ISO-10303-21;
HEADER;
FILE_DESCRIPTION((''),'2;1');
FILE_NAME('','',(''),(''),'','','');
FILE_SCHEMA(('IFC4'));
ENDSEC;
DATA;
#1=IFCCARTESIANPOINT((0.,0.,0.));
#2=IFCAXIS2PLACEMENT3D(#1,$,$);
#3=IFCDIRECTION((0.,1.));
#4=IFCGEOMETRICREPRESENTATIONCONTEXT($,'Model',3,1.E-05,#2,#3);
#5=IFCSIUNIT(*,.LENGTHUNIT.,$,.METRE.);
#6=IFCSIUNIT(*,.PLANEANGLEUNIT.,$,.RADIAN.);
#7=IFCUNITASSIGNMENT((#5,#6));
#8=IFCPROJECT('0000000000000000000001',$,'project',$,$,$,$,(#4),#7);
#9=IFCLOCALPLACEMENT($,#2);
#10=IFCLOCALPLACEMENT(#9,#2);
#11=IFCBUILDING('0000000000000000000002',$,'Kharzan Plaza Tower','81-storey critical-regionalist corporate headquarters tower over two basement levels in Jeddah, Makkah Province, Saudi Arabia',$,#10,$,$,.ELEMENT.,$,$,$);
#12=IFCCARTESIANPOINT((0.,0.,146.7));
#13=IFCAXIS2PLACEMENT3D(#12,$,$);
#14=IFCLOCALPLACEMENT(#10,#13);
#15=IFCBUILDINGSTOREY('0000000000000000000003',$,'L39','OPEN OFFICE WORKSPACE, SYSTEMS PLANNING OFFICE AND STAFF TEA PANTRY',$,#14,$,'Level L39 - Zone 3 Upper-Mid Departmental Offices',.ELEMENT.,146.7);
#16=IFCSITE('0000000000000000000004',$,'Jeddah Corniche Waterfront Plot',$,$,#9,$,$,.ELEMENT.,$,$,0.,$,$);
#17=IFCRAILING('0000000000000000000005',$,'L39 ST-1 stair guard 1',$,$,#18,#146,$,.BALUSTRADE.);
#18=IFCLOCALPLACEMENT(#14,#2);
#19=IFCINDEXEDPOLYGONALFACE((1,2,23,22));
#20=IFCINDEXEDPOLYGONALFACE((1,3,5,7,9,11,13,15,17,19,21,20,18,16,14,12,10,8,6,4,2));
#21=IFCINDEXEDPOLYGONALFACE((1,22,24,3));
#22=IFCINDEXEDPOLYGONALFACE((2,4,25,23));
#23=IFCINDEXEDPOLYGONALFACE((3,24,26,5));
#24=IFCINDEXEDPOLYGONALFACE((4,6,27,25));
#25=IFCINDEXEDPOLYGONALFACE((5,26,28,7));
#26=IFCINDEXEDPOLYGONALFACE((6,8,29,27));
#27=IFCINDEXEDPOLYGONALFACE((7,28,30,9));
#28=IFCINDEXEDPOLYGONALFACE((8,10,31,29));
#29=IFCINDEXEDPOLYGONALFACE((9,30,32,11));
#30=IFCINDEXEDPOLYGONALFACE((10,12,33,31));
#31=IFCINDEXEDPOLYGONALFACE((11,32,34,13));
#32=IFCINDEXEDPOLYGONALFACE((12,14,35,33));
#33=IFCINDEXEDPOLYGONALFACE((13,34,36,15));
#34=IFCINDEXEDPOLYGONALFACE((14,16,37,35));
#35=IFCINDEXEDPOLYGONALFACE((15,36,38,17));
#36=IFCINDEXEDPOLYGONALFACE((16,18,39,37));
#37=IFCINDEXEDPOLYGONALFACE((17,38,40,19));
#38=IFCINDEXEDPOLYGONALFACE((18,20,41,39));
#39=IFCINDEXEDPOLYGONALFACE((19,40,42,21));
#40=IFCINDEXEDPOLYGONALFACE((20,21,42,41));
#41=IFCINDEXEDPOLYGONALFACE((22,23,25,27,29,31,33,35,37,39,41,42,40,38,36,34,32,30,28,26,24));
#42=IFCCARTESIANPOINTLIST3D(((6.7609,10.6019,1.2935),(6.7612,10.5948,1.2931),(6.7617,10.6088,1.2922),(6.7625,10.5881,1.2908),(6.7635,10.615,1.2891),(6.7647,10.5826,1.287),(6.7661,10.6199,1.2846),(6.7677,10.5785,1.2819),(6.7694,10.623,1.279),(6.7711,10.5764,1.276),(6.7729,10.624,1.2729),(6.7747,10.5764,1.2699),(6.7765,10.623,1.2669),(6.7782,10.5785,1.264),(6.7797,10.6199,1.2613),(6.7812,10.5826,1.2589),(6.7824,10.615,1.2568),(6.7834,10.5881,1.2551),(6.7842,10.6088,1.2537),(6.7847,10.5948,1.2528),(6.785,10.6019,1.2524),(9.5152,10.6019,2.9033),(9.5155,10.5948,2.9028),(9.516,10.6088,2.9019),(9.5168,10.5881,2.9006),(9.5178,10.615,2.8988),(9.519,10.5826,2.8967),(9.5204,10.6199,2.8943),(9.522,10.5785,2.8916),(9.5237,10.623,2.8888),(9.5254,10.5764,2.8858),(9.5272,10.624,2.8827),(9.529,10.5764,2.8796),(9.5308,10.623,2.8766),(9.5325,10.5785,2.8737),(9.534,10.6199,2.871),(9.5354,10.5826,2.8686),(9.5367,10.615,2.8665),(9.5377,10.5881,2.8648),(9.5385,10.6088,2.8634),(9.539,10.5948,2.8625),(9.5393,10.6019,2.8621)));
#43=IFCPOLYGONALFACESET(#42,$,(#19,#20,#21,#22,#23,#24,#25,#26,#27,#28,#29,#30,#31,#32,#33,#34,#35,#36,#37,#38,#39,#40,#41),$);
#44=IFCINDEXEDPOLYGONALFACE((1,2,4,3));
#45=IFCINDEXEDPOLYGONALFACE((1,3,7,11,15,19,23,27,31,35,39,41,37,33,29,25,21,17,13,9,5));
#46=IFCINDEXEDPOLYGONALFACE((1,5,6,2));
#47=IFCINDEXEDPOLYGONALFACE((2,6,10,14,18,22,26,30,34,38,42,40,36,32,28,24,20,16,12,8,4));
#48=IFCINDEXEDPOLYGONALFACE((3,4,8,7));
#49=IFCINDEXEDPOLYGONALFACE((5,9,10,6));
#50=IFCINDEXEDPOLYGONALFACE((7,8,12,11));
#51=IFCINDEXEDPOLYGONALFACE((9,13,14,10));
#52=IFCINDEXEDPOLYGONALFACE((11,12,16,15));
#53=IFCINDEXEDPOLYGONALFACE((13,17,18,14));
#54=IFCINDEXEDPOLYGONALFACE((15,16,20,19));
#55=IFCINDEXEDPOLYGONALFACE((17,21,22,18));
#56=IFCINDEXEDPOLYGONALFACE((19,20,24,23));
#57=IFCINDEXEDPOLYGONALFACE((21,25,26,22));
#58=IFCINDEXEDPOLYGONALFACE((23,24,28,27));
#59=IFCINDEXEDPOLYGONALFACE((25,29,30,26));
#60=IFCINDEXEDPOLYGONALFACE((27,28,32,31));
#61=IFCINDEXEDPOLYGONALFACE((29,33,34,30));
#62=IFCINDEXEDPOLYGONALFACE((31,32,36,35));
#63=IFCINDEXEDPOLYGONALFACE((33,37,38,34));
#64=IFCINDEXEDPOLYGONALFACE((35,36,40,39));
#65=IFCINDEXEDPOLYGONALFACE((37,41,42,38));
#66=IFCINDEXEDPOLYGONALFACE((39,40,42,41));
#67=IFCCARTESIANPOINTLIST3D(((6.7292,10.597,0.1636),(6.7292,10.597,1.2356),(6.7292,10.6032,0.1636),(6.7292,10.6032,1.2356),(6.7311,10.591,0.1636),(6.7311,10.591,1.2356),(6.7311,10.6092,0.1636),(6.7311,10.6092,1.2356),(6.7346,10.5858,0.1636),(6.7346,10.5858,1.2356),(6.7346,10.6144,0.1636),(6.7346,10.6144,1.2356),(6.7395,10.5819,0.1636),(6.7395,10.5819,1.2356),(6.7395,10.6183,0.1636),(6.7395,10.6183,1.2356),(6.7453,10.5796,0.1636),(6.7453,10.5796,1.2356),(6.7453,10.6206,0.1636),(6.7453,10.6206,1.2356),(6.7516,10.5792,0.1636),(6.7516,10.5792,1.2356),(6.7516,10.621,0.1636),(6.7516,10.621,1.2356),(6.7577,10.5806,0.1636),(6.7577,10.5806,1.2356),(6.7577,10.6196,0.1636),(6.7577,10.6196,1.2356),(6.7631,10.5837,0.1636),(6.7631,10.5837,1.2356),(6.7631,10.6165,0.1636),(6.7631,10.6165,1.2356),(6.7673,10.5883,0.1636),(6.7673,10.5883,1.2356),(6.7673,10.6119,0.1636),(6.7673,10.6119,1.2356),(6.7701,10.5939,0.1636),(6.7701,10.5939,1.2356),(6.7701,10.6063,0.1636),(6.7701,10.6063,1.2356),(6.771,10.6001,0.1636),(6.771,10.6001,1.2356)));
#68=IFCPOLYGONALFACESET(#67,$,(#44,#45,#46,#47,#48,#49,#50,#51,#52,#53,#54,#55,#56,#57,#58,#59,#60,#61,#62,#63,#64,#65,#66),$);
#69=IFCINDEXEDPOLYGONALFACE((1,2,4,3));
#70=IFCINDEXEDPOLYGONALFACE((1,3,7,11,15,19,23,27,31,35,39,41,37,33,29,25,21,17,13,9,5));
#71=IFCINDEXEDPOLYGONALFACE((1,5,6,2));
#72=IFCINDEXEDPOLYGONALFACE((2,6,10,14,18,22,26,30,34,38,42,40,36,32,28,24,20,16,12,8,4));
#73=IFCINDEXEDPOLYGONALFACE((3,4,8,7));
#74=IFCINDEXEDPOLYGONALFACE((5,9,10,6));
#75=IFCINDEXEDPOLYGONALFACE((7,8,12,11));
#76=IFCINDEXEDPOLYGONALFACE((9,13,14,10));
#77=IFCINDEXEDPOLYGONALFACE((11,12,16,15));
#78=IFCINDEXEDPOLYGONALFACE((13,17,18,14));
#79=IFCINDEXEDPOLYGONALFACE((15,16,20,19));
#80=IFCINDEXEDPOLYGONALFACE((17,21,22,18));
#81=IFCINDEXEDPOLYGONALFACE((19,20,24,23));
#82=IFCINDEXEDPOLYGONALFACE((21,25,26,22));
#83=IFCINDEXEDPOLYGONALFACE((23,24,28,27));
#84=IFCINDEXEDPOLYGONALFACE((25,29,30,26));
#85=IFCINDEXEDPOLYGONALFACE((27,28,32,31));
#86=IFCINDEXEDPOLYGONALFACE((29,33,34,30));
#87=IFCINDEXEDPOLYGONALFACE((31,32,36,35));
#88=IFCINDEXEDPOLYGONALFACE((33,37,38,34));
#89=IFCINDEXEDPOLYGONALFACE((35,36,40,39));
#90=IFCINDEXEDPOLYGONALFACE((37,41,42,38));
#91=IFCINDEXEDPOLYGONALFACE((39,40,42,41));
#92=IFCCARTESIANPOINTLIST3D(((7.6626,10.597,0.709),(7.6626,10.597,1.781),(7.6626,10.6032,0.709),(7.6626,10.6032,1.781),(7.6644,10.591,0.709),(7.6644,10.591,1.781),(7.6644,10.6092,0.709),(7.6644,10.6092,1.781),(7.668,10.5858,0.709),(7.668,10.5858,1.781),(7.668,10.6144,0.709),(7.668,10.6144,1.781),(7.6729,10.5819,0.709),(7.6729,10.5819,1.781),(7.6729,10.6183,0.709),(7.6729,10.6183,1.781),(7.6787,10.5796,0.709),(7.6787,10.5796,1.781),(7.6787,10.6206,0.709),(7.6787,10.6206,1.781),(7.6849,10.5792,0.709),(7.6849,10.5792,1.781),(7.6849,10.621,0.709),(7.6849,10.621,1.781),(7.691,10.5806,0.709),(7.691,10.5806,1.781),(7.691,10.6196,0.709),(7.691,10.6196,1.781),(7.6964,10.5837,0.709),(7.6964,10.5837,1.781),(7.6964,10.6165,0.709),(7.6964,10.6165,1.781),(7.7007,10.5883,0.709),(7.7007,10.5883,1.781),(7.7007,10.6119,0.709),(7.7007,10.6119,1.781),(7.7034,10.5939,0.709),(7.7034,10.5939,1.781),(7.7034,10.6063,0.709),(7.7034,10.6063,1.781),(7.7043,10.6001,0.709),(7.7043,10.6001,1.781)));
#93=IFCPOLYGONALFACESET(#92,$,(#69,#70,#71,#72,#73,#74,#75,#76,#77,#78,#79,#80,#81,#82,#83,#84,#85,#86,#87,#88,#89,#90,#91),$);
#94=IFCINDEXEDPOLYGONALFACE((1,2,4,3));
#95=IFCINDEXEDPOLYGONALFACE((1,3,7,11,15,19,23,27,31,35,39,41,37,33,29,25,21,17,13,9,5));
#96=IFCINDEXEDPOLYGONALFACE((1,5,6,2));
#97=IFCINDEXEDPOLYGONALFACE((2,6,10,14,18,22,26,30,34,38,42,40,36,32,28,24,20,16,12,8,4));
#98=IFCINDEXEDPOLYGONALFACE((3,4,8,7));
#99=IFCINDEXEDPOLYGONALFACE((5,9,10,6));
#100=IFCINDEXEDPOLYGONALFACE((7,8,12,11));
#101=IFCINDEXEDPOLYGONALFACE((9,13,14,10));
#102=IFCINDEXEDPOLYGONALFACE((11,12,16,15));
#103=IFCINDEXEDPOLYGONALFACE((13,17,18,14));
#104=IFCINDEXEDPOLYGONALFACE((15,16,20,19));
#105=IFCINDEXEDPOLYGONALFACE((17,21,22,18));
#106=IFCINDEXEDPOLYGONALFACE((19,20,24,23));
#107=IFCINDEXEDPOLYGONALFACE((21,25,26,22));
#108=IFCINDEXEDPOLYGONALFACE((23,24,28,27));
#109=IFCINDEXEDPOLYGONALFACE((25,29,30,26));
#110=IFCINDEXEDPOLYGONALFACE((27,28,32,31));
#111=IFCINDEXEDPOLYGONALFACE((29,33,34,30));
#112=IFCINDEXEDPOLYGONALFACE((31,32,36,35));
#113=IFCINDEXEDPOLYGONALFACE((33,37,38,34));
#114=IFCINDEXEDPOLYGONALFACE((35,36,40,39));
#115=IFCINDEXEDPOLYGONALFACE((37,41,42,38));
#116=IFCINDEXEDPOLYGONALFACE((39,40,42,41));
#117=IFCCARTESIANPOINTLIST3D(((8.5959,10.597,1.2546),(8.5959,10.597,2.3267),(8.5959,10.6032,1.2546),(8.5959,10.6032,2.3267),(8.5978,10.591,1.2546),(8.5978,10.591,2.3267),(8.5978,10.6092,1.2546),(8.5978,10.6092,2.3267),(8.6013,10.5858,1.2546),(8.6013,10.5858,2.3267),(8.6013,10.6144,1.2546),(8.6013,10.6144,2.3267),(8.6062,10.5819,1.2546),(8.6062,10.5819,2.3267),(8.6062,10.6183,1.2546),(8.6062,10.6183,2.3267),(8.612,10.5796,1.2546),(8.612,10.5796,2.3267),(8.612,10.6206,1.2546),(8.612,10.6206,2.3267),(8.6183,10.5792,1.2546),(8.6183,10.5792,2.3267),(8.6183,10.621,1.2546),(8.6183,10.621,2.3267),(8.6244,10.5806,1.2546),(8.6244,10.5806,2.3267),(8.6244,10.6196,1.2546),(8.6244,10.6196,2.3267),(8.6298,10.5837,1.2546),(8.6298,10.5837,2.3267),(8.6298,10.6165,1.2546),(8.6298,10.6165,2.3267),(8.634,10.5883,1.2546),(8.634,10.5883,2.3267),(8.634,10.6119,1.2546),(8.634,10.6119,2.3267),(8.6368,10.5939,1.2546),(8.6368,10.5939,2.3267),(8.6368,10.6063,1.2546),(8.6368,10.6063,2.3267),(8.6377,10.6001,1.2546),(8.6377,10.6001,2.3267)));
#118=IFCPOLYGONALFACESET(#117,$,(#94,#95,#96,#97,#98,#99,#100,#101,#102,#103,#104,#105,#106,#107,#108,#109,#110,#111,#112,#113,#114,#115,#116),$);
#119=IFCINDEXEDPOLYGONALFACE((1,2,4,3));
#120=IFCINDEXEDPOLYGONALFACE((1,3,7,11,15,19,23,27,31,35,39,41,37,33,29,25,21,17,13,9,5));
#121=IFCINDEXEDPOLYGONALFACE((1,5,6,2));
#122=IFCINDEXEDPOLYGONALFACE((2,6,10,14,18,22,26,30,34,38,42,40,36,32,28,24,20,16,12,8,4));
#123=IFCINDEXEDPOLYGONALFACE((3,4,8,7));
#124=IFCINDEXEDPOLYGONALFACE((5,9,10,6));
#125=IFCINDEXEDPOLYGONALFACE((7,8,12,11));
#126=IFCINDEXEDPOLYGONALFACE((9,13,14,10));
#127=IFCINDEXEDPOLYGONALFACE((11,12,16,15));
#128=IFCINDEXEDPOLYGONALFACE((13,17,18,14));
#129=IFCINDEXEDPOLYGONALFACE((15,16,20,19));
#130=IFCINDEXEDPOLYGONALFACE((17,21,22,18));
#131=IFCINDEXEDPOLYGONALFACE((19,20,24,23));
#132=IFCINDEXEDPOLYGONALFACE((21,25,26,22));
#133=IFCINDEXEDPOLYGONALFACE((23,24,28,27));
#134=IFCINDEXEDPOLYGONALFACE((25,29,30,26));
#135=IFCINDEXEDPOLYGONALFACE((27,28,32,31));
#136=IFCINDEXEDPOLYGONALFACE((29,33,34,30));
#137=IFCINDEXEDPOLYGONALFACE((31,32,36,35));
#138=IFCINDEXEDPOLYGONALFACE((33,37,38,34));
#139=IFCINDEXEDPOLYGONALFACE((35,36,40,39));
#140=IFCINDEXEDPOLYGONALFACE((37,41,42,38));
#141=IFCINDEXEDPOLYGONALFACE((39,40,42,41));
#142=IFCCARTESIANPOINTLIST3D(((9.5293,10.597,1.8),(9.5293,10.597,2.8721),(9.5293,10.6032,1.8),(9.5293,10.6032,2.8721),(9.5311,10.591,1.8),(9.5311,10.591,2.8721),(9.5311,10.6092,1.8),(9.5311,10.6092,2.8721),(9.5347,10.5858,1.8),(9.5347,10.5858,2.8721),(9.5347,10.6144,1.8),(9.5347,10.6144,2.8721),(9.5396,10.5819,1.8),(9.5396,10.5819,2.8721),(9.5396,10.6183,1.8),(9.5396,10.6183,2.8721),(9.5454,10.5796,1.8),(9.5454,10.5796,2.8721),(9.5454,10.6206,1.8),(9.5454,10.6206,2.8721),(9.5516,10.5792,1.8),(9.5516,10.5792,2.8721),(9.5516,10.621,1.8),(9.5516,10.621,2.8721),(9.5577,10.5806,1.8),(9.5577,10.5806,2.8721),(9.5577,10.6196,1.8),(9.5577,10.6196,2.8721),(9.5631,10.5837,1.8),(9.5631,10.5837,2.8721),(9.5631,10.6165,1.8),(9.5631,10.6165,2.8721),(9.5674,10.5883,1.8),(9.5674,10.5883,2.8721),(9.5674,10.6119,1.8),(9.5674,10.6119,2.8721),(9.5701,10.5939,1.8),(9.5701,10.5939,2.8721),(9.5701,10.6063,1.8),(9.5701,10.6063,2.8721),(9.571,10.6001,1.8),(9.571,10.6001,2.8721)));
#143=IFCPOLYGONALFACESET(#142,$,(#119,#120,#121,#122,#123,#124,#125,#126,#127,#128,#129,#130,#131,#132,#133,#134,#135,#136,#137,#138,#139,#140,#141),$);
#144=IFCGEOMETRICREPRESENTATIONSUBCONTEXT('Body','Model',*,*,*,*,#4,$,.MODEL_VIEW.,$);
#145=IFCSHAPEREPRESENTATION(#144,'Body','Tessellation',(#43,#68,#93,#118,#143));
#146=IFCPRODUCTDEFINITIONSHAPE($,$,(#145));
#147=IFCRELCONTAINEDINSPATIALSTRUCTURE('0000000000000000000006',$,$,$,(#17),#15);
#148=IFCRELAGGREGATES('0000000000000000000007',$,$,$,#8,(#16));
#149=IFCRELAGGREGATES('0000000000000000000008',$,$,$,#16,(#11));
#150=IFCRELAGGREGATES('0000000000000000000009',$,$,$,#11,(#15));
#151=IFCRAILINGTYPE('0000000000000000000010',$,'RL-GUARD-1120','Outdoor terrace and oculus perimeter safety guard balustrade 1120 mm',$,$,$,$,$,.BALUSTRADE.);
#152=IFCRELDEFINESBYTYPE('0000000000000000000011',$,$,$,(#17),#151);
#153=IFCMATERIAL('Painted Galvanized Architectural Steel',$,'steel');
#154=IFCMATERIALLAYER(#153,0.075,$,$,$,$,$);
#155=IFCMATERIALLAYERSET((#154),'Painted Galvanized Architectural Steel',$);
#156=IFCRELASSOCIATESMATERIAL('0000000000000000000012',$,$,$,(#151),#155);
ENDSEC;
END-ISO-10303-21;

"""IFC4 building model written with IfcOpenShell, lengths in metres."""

from ifc_helpers import new_model, si_unit, direction, frame, origin, origin_2d, place, context, subcontext, project, spatial, circle, extrude, source, transform, mapped, material, layer, layer_set, type_object, element, save


model = new_model("IFC4")

# Units and contexts
model_context = context("Model", 3, precision=1e-05, world=origin(), true_north=direction((0.0, 1.0)))
body_context = subcontext(model_context, "Body", "Model", "MODEL_VIEW")
ifc_project = project(units=[si_unit("LENGTHUNIT", "METRE"), si_unit("PLANEANGLEUNIT", "RADIAN")], contexts=[model_context])

# Site, building, storey
site_placement = place(None, origin())
site = spatial("IfcSite", under=ifc_project, at=site_placement, Name="Jeddah Corniche Waterfront Plot", CompositionType="ELEMENT", RefElevation=0.0)
building_placement = place(site_placement, origin())
building = spatial("IfcBuilding", under=site, at=building_placement, Name="Kharzan Plaza Tower", Description="81-storey critical-regionalist corporate headquarters tower over two basement levels in Jeddah, Makkah Province, Saudi Arabia", CompositionType="ELEMENT")
storey_placement = place(building_placement, frame((0.0, 0.0, 146.7)))
storey = spatial("IfcBuildingStorey", under=building, at=storey_placement, Name="L39", Description="OPEN OFFICE WORKSPACE, SYSTEMS PLANNING OFFICE AND STAFF TEA PANTRY", LongName="Level L39 - Zone 3 Upper-Mid Departmental Offices", CompositionType="ELEMENT", Elevation=146.7)

# Railing
ifc_material_1 = material(Name="Painted Galvanized Architectural Steel", Category="steel")
ifc_layer_1 = layer(ifc_material_1, 0.075)
ifc_layer_set_1 = layer_set([ifc_layer_1], Name="Painted Galvanized Architectural Steel")
railing_type_1 = type_object("IfcRailingType", Name="RL-GUARD-1120", Description="Outdoor terrace and oculus perimeter safety guard balustrade 1120 mm", PredefinedType="BALUSTRADE", material=ifc_layer_set_1)
shared_shape_1 = source(origin(), body_context, "Body", "SweptSolid", [
    extrude(circle(Radius=0.0239, at=origin_2d()), frame((0.0229, 0.0, 1.1094), z_axis=(0.863361, 0.0, 0.504587), x_axis=(0.0, 1.0, 0.0)), (0.0, 0.0, 1.0), 3.1902),
    extrude(circle(Radius=0.021, at=origin_2d()), origin(), (0.0, 0.0, 1.0), 1.072),
    extrude(circle(Radius=0.021, at=origin_2d()), frame((0.9333, 0.0, 0.5454)), (0.0, 0.0, 1.0), 1.072),
    extrude(circle(Radius=0.021, at=origin_2d()), frame((1.8667, 0.0, 1.0911)), (0.0, 0.0, 1.0), 1.072),
    extrude(circle(Radius=0.021, at=origin_2d()), frame((2.8, 0.0, 1.6365)), (0.0, 0.0, 1.0), 1.072),
])
railing_1_placement = place(storey_placement, frame((6.75, 10.6001, 0.1636)))
element("IfcRailing", 1, at=railing_1_placement, inside=storey, type_object=railing_type_1, Name="L39 ST-1 stair guard 1", PredefinedType="BALUSTRADE", context=body_context, shape_type="MappedRepresentation", body=[
    mapped(shared_shape_1, transform((0.0, 0.0, 0.0), x_axis=(1.0, 0.0, 0.0), y_axis=(0.0, 1.0, 0.0), z_axis=(0.0, 0.0, 1.0))),
])

save(model, "model.ifc")
